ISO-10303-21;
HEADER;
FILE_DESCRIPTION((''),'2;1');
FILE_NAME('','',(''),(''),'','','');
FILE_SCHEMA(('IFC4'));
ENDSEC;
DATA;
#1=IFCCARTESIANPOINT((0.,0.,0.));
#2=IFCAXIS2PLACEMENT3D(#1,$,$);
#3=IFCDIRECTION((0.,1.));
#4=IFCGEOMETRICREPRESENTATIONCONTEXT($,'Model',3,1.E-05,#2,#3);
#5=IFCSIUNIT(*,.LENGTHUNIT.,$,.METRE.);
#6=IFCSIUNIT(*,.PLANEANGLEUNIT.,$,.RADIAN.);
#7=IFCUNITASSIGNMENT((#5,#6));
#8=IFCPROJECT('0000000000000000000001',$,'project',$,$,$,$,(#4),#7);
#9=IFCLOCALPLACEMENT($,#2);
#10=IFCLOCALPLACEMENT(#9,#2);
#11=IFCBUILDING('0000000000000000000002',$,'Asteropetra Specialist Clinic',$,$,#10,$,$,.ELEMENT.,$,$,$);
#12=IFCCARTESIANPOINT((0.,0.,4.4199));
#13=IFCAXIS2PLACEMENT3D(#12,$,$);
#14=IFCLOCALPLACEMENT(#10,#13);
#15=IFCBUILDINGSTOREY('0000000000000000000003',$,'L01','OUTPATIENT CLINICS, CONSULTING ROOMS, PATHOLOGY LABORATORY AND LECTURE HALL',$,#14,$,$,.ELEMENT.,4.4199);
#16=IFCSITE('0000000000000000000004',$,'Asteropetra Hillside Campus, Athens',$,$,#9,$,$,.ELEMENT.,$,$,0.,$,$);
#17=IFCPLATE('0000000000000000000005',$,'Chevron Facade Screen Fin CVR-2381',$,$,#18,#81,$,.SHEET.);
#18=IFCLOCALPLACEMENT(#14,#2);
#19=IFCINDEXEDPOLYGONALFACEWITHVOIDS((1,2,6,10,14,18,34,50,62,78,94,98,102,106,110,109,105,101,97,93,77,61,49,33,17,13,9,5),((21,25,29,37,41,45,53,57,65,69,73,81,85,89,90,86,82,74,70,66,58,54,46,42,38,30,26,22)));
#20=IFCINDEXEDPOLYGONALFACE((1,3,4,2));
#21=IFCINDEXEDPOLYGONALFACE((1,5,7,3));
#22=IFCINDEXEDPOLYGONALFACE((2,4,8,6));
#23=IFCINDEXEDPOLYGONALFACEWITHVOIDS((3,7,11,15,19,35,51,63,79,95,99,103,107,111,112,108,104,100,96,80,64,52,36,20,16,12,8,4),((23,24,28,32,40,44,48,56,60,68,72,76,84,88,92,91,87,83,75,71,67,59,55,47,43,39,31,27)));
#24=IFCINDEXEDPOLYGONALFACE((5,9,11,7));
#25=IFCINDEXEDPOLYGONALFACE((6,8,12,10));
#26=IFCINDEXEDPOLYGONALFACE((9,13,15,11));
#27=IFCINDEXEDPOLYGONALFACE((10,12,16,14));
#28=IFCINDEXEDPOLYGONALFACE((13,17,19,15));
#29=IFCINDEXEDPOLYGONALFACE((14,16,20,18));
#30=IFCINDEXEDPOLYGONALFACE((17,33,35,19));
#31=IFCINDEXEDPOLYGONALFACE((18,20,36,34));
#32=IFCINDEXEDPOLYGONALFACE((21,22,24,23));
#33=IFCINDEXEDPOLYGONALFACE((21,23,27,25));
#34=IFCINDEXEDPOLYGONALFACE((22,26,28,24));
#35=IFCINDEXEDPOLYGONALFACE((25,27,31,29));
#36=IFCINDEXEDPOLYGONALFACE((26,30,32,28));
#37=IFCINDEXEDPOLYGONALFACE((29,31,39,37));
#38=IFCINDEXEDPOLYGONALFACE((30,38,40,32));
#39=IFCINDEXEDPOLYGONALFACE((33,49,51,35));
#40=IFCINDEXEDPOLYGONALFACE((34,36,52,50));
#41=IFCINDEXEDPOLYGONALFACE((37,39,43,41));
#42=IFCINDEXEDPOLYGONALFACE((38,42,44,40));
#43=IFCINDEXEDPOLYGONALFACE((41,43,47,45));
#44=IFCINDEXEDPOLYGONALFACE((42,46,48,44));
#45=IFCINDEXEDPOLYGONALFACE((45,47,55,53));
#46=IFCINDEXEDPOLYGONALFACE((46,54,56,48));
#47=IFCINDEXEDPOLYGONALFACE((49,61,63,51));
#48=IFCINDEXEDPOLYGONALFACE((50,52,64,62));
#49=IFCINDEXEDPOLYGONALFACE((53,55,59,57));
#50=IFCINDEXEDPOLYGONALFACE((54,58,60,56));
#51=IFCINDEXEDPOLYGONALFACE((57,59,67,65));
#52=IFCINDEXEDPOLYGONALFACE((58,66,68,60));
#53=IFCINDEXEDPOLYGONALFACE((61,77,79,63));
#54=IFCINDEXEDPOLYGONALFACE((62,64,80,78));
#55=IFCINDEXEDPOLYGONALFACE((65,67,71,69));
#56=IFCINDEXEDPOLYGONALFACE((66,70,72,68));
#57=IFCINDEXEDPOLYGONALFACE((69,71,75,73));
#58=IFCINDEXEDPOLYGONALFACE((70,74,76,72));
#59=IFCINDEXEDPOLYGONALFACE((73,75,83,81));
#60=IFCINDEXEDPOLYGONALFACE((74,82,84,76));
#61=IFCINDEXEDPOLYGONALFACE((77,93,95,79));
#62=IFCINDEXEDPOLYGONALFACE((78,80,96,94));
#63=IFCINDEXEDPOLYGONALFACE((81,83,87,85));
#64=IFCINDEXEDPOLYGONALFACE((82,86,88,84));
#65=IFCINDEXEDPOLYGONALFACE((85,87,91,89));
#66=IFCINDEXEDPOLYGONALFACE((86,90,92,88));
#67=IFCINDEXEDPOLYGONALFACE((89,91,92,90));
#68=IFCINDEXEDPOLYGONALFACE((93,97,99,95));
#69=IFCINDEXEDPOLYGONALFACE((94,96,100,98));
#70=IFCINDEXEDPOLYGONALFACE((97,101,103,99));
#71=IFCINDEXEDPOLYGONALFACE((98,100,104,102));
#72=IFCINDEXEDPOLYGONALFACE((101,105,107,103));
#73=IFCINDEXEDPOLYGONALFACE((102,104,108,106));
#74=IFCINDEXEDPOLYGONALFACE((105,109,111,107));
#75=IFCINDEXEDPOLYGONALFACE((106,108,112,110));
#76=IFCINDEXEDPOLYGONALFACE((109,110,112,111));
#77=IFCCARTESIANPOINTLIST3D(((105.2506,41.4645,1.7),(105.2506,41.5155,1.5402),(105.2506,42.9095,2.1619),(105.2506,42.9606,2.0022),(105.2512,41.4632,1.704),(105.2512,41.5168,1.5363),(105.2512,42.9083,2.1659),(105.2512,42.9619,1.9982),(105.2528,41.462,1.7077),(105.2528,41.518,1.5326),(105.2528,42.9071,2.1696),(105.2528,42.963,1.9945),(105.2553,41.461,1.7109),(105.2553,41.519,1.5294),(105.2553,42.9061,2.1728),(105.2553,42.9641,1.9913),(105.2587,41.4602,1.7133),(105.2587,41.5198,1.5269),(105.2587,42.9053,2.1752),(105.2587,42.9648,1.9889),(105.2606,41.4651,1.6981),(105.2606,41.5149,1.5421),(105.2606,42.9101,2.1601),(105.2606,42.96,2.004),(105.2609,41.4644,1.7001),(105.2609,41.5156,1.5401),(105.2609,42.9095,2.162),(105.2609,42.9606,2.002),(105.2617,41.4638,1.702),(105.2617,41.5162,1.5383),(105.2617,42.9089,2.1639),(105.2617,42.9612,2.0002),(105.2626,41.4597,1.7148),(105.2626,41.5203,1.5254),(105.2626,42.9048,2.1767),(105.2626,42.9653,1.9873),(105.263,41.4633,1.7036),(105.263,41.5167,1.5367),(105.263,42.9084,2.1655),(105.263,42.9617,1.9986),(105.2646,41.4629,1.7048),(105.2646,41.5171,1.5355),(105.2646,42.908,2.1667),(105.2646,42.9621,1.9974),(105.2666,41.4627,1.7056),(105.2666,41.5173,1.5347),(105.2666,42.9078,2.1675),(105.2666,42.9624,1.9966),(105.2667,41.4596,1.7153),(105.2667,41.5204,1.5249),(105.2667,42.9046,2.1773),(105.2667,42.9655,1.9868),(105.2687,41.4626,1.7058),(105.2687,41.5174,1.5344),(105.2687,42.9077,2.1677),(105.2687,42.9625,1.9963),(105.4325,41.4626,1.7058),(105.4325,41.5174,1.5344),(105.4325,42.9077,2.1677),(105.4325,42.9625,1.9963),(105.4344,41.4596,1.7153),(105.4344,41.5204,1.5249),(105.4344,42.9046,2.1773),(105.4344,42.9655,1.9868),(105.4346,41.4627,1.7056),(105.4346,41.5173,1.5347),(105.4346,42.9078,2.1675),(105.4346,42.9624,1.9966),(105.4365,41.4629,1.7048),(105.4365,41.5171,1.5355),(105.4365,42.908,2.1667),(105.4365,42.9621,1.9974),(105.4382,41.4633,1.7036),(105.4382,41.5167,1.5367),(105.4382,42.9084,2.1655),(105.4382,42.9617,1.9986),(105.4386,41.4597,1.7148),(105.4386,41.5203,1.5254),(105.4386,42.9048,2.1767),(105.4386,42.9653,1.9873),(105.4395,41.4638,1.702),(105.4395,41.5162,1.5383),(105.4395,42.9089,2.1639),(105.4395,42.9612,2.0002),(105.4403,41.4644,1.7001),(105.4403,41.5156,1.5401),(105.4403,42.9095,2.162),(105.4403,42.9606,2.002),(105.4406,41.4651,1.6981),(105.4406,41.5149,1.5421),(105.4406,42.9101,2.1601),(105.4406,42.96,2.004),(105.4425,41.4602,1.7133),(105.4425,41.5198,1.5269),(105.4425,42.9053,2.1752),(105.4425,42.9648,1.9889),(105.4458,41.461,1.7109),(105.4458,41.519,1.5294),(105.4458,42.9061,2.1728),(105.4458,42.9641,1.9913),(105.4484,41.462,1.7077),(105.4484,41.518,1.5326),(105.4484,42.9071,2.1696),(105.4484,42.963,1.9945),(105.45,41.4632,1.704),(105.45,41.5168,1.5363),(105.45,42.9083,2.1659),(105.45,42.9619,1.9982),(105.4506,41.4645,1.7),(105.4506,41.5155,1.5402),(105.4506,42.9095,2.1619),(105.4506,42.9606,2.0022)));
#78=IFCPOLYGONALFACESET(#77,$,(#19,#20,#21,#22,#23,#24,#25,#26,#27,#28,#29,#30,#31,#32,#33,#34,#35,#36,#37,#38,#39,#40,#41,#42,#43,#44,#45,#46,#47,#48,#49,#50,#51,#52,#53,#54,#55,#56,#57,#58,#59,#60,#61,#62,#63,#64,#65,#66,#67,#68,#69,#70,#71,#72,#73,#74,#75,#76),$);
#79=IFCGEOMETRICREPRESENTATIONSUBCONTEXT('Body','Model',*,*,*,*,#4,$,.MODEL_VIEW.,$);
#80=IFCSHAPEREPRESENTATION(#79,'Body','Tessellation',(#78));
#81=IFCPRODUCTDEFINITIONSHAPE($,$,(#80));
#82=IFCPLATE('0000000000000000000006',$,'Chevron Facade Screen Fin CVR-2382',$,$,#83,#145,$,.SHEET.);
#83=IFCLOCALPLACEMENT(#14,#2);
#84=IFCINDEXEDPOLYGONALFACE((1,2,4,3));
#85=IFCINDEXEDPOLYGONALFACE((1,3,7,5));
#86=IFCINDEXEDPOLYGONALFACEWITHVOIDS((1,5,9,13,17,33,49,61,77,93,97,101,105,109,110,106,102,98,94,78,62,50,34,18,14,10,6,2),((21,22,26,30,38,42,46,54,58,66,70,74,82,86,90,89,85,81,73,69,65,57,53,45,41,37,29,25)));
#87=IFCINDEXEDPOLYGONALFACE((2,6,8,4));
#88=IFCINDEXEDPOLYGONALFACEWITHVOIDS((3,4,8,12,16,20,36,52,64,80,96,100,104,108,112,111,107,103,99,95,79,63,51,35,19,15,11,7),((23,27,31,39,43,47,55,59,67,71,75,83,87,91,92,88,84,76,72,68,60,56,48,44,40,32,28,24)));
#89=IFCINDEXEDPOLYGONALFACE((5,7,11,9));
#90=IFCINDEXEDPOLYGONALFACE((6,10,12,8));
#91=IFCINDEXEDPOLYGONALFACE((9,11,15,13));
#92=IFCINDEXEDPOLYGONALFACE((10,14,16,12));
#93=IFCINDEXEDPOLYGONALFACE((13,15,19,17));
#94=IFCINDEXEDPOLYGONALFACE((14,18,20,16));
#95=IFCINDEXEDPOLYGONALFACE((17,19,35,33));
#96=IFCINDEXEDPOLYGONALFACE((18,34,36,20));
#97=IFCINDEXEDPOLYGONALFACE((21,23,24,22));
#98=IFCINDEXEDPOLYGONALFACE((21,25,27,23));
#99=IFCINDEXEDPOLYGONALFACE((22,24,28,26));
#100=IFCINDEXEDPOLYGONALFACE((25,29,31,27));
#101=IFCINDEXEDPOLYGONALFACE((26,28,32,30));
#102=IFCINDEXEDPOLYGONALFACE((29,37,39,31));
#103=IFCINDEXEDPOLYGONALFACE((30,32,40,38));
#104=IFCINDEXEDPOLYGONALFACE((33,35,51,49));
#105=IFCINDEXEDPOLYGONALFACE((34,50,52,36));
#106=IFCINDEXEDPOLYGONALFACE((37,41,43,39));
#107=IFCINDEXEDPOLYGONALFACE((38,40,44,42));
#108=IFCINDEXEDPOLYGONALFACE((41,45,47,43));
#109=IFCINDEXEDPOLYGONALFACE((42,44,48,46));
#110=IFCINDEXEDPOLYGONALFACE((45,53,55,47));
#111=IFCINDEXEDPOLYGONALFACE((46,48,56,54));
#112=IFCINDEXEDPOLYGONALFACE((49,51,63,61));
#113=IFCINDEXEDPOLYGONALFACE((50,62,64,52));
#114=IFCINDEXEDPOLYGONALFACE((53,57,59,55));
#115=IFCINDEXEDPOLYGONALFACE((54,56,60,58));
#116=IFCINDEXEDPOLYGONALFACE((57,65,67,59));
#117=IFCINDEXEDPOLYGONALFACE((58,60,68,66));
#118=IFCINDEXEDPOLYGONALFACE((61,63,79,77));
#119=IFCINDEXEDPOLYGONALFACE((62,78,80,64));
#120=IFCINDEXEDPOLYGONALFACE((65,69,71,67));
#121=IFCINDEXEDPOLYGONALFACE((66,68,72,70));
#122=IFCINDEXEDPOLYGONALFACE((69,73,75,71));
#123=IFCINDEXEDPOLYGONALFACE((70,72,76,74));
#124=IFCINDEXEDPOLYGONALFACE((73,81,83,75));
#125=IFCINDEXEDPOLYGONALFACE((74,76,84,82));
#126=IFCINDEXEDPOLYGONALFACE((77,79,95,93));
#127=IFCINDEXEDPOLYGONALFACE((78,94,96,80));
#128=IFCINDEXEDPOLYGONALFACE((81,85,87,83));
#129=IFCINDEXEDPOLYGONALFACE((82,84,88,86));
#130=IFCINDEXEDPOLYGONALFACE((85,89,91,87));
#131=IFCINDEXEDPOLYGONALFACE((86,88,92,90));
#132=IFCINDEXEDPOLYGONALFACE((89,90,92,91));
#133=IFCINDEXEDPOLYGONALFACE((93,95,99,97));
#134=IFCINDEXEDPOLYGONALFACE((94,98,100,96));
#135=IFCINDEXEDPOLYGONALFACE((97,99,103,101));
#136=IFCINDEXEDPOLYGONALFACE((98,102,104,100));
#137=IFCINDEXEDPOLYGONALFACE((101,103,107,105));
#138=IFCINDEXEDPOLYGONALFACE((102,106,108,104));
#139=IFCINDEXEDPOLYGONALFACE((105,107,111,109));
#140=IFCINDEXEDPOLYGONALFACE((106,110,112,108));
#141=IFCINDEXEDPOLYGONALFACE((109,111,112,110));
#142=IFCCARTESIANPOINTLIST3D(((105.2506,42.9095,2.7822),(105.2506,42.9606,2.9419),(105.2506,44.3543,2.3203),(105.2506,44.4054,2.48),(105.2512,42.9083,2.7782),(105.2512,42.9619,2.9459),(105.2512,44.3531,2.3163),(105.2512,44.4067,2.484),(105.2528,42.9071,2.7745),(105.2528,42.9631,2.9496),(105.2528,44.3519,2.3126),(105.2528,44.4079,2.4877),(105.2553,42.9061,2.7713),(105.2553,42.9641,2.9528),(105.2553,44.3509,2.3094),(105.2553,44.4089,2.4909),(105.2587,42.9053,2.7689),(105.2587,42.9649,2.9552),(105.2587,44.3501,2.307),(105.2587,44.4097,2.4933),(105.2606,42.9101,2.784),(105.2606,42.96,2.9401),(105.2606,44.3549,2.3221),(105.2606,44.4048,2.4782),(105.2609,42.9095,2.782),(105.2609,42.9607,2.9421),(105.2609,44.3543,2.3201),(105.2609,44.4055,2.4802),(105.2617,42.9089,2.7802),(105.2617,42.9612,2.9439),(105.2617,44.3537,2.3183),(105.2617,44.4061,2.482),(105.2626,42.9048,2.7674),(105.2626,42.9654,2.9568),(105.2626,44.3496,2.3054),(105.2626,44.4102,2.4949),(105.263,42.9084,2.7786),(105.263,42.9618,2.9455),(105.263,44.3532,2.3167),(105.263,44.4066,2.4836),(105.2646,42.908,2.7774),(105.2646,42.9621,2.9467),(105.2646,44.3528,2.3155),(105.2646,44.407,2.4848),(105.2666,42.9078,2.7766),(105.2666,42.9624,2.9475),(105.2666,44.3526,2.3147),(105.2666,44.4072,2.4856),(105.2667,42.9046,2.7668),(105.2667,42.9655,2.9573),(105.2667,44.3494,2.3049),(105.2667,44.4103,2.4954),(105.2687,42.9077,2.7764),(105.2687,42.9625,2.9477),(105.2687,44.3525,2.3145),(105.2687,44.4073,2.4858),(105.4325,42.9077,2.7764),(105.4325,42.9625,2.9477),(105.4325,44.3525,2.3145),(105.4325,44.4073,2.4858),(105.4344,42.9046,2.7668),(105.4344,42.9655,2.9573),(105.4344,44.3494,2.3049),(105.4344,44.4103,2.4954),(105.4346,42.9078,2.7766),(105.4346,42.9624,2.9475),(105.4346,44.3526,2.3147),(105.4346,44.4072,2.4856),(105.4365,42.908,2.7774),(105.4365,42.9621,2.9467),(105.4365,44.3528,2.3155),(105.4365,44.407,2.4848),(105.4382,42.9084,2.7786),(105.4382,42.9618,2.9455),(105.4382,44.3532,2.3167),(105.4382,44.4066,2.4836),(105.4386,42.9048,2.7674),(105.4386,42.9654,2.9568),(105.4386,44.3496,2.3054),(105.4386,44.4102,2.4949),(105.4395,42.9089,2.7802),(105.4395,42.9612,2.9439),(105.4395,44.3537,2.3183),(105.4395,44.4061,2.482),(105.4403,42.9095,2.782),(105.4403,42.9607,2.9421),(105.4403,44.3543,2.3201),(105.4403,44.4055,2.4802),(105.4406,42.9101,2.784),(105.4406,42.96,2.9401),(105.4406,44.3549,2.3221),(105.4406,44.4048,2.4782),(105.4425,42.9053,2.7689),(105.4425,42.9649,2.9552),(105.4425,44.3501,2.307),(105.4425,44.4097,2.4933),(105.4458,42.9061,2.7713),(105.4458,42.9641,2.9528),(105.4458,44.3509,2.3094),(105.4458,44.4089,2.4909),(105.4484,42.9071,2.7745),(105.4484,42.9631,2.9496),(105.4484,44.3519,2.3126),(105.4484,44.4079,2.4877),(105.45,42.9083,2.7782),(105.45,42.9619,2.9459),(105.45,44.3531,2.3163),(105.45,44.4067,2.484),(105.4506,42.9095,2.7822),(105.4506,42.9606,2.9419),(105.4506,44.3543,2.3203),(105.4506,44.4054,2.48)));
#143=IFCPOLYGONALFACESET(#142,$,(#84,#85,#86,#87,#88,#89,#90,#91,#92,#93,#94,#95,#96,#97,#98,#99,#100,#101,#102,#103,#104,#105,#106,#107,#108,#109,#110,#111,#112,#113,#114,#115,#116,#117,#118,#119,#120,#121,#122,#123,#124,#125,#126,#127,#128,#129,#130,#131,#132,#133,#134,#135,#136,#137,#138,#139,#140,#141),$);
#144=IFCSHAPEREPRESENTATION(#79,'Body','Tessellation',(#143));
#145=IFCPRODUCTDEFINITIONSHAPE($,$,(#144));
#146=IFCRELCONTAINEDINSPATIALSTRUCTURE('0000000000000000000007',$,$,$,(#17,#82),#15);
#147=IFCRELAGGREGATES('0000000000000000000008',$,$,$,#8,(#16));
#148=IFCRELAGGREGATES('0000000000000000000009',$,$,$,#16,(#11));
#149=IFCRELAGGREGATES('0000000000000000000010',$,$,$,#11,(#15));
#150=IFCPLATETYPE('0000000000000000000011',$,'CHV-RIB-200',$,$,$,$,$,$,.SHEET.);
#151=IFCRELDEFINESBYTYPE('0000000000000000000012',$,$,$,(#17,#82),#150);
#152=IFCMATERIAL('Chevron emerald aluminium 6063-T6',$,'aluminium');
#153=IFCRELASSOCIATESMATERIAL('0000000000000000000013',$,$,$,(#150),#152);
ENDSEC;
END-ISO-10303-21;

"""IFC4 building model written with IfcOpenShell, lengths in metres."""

from ifc_helpers import new_model, si_unit, direction, frame, origin, origin_2d, place, context, subcontext, project, spatial, hollow_rectangle, extrude, material, material_profile, profile_set, type_object, element, save


model = new_model("IFC4")

# Units and contexts
model_context = context("Model", 3, precision=1e-05, world=origin(), true_north=direction((0.0, 1.0)))
body_context = subcontext(model_context, "Body", "Model", "MODEL_VIEW")
ifc_project = project(units=[si_unit("LENGTHUNIT", "METRE"), si_unit("PLANEANGLEUNIT", "RADIAN")], contexts=[model_context])

# Site, building, storey
site_placement = place(None, origin())
site = spatial("IfcSite", under=ifc_project, at=site_placement, Name="Asteropetra Hillside Campus, Athens", CompositionType="ELEMENT", RefElevation=0.0)
building_placement = place(site_placement, origin())
building = spatial("IfcBuilding", under=site, at=building_placement, Name="Asteropetra Specialist Clinic", CompositionType="ELEMENT")
storey_placement = place(building_placement, frame((0.0, 0.0, 4.4199)))
storey = spatial("IfcBuildingStorey", under=building, at=storey_placement, Name="L01", Description="OUTPATIENT CLINICS, CONSULTING ROOMS, PATHOLOGY LABORATORY AND LECTURE HALL", CompositionType="ELEMENT", Elevation=4.4199)

# Plates
ifc_material_1 = material(Name="Chevron emerald aluminium 6063-T6", Category="aluminium")
ifc_material_profile = material_profile(ifc_material_1, hollow_rectangle(XDim=0.2, YDim=0.2, WallThickness=0.01, InnerFilletRadius=0.0081, OuterFilletRadius=0.0161, at=origin_2d()), Name="SHS 200x200x10.0")
ifc_profile_set = profile_set([ifc_material_profile], Name="Chevron emerald aluminium 6063-T6")
plate_type = type_object("IfcPlateType", Name="CHV-RIB-200", PredefinedType="SHEET", material=ifc_profile_set)
plate_1_placement = place(storey_placement, frame((105.3506, 42.9351, 2.082), z_axis=(0.0, -0.952521, -0.304472), x_axis=(1.0, 0.0, 0.0)))
element("IfcPlate", 1, at=plate_1_placement, inside=storey, type_object=plate_type, Name="Chevron Facade Screen Fin CVR-2381", PredefinedType="SHEET", context=body_context, shape_type="SweptSolid", body=[
    extrude(hollow_rectangle(XDim=0.2, YDim=0.2, WallThickness=0.01, InnerFilletRadius=0.0081, OuterFilletRadius=0.0161, at=origin_2d()), origin(), (0.0, 0.0, 1.0), 1.5171),
])
plate_2_placement = place(storey_placement, frame((105.3506, 44.3799, 2.4001), z_axis=(0.0, -0.952506, 0.304519), x_axis=(1.0, 0.0, 0.0)))
element("IfcPlate", 2, at=plate_2_placement, inside=storey, type_object=plate_type, Name="Chevron Facade Screen Fin CVR-2382", PredefinedType="SHEET", context=body_context, shape_type="SweptSolid", body=[
    extrude(hollow_rectangle(XDim=0.2, YDim=0.2, WallThickness=0.01, InnerFilletRadius=0.0081, OuterFilletRadius=0.0161, at=origin_2d()), origin(), (0.0, 0.0, 1.0), 1.5168),
])

save(model, "model.ifc")
